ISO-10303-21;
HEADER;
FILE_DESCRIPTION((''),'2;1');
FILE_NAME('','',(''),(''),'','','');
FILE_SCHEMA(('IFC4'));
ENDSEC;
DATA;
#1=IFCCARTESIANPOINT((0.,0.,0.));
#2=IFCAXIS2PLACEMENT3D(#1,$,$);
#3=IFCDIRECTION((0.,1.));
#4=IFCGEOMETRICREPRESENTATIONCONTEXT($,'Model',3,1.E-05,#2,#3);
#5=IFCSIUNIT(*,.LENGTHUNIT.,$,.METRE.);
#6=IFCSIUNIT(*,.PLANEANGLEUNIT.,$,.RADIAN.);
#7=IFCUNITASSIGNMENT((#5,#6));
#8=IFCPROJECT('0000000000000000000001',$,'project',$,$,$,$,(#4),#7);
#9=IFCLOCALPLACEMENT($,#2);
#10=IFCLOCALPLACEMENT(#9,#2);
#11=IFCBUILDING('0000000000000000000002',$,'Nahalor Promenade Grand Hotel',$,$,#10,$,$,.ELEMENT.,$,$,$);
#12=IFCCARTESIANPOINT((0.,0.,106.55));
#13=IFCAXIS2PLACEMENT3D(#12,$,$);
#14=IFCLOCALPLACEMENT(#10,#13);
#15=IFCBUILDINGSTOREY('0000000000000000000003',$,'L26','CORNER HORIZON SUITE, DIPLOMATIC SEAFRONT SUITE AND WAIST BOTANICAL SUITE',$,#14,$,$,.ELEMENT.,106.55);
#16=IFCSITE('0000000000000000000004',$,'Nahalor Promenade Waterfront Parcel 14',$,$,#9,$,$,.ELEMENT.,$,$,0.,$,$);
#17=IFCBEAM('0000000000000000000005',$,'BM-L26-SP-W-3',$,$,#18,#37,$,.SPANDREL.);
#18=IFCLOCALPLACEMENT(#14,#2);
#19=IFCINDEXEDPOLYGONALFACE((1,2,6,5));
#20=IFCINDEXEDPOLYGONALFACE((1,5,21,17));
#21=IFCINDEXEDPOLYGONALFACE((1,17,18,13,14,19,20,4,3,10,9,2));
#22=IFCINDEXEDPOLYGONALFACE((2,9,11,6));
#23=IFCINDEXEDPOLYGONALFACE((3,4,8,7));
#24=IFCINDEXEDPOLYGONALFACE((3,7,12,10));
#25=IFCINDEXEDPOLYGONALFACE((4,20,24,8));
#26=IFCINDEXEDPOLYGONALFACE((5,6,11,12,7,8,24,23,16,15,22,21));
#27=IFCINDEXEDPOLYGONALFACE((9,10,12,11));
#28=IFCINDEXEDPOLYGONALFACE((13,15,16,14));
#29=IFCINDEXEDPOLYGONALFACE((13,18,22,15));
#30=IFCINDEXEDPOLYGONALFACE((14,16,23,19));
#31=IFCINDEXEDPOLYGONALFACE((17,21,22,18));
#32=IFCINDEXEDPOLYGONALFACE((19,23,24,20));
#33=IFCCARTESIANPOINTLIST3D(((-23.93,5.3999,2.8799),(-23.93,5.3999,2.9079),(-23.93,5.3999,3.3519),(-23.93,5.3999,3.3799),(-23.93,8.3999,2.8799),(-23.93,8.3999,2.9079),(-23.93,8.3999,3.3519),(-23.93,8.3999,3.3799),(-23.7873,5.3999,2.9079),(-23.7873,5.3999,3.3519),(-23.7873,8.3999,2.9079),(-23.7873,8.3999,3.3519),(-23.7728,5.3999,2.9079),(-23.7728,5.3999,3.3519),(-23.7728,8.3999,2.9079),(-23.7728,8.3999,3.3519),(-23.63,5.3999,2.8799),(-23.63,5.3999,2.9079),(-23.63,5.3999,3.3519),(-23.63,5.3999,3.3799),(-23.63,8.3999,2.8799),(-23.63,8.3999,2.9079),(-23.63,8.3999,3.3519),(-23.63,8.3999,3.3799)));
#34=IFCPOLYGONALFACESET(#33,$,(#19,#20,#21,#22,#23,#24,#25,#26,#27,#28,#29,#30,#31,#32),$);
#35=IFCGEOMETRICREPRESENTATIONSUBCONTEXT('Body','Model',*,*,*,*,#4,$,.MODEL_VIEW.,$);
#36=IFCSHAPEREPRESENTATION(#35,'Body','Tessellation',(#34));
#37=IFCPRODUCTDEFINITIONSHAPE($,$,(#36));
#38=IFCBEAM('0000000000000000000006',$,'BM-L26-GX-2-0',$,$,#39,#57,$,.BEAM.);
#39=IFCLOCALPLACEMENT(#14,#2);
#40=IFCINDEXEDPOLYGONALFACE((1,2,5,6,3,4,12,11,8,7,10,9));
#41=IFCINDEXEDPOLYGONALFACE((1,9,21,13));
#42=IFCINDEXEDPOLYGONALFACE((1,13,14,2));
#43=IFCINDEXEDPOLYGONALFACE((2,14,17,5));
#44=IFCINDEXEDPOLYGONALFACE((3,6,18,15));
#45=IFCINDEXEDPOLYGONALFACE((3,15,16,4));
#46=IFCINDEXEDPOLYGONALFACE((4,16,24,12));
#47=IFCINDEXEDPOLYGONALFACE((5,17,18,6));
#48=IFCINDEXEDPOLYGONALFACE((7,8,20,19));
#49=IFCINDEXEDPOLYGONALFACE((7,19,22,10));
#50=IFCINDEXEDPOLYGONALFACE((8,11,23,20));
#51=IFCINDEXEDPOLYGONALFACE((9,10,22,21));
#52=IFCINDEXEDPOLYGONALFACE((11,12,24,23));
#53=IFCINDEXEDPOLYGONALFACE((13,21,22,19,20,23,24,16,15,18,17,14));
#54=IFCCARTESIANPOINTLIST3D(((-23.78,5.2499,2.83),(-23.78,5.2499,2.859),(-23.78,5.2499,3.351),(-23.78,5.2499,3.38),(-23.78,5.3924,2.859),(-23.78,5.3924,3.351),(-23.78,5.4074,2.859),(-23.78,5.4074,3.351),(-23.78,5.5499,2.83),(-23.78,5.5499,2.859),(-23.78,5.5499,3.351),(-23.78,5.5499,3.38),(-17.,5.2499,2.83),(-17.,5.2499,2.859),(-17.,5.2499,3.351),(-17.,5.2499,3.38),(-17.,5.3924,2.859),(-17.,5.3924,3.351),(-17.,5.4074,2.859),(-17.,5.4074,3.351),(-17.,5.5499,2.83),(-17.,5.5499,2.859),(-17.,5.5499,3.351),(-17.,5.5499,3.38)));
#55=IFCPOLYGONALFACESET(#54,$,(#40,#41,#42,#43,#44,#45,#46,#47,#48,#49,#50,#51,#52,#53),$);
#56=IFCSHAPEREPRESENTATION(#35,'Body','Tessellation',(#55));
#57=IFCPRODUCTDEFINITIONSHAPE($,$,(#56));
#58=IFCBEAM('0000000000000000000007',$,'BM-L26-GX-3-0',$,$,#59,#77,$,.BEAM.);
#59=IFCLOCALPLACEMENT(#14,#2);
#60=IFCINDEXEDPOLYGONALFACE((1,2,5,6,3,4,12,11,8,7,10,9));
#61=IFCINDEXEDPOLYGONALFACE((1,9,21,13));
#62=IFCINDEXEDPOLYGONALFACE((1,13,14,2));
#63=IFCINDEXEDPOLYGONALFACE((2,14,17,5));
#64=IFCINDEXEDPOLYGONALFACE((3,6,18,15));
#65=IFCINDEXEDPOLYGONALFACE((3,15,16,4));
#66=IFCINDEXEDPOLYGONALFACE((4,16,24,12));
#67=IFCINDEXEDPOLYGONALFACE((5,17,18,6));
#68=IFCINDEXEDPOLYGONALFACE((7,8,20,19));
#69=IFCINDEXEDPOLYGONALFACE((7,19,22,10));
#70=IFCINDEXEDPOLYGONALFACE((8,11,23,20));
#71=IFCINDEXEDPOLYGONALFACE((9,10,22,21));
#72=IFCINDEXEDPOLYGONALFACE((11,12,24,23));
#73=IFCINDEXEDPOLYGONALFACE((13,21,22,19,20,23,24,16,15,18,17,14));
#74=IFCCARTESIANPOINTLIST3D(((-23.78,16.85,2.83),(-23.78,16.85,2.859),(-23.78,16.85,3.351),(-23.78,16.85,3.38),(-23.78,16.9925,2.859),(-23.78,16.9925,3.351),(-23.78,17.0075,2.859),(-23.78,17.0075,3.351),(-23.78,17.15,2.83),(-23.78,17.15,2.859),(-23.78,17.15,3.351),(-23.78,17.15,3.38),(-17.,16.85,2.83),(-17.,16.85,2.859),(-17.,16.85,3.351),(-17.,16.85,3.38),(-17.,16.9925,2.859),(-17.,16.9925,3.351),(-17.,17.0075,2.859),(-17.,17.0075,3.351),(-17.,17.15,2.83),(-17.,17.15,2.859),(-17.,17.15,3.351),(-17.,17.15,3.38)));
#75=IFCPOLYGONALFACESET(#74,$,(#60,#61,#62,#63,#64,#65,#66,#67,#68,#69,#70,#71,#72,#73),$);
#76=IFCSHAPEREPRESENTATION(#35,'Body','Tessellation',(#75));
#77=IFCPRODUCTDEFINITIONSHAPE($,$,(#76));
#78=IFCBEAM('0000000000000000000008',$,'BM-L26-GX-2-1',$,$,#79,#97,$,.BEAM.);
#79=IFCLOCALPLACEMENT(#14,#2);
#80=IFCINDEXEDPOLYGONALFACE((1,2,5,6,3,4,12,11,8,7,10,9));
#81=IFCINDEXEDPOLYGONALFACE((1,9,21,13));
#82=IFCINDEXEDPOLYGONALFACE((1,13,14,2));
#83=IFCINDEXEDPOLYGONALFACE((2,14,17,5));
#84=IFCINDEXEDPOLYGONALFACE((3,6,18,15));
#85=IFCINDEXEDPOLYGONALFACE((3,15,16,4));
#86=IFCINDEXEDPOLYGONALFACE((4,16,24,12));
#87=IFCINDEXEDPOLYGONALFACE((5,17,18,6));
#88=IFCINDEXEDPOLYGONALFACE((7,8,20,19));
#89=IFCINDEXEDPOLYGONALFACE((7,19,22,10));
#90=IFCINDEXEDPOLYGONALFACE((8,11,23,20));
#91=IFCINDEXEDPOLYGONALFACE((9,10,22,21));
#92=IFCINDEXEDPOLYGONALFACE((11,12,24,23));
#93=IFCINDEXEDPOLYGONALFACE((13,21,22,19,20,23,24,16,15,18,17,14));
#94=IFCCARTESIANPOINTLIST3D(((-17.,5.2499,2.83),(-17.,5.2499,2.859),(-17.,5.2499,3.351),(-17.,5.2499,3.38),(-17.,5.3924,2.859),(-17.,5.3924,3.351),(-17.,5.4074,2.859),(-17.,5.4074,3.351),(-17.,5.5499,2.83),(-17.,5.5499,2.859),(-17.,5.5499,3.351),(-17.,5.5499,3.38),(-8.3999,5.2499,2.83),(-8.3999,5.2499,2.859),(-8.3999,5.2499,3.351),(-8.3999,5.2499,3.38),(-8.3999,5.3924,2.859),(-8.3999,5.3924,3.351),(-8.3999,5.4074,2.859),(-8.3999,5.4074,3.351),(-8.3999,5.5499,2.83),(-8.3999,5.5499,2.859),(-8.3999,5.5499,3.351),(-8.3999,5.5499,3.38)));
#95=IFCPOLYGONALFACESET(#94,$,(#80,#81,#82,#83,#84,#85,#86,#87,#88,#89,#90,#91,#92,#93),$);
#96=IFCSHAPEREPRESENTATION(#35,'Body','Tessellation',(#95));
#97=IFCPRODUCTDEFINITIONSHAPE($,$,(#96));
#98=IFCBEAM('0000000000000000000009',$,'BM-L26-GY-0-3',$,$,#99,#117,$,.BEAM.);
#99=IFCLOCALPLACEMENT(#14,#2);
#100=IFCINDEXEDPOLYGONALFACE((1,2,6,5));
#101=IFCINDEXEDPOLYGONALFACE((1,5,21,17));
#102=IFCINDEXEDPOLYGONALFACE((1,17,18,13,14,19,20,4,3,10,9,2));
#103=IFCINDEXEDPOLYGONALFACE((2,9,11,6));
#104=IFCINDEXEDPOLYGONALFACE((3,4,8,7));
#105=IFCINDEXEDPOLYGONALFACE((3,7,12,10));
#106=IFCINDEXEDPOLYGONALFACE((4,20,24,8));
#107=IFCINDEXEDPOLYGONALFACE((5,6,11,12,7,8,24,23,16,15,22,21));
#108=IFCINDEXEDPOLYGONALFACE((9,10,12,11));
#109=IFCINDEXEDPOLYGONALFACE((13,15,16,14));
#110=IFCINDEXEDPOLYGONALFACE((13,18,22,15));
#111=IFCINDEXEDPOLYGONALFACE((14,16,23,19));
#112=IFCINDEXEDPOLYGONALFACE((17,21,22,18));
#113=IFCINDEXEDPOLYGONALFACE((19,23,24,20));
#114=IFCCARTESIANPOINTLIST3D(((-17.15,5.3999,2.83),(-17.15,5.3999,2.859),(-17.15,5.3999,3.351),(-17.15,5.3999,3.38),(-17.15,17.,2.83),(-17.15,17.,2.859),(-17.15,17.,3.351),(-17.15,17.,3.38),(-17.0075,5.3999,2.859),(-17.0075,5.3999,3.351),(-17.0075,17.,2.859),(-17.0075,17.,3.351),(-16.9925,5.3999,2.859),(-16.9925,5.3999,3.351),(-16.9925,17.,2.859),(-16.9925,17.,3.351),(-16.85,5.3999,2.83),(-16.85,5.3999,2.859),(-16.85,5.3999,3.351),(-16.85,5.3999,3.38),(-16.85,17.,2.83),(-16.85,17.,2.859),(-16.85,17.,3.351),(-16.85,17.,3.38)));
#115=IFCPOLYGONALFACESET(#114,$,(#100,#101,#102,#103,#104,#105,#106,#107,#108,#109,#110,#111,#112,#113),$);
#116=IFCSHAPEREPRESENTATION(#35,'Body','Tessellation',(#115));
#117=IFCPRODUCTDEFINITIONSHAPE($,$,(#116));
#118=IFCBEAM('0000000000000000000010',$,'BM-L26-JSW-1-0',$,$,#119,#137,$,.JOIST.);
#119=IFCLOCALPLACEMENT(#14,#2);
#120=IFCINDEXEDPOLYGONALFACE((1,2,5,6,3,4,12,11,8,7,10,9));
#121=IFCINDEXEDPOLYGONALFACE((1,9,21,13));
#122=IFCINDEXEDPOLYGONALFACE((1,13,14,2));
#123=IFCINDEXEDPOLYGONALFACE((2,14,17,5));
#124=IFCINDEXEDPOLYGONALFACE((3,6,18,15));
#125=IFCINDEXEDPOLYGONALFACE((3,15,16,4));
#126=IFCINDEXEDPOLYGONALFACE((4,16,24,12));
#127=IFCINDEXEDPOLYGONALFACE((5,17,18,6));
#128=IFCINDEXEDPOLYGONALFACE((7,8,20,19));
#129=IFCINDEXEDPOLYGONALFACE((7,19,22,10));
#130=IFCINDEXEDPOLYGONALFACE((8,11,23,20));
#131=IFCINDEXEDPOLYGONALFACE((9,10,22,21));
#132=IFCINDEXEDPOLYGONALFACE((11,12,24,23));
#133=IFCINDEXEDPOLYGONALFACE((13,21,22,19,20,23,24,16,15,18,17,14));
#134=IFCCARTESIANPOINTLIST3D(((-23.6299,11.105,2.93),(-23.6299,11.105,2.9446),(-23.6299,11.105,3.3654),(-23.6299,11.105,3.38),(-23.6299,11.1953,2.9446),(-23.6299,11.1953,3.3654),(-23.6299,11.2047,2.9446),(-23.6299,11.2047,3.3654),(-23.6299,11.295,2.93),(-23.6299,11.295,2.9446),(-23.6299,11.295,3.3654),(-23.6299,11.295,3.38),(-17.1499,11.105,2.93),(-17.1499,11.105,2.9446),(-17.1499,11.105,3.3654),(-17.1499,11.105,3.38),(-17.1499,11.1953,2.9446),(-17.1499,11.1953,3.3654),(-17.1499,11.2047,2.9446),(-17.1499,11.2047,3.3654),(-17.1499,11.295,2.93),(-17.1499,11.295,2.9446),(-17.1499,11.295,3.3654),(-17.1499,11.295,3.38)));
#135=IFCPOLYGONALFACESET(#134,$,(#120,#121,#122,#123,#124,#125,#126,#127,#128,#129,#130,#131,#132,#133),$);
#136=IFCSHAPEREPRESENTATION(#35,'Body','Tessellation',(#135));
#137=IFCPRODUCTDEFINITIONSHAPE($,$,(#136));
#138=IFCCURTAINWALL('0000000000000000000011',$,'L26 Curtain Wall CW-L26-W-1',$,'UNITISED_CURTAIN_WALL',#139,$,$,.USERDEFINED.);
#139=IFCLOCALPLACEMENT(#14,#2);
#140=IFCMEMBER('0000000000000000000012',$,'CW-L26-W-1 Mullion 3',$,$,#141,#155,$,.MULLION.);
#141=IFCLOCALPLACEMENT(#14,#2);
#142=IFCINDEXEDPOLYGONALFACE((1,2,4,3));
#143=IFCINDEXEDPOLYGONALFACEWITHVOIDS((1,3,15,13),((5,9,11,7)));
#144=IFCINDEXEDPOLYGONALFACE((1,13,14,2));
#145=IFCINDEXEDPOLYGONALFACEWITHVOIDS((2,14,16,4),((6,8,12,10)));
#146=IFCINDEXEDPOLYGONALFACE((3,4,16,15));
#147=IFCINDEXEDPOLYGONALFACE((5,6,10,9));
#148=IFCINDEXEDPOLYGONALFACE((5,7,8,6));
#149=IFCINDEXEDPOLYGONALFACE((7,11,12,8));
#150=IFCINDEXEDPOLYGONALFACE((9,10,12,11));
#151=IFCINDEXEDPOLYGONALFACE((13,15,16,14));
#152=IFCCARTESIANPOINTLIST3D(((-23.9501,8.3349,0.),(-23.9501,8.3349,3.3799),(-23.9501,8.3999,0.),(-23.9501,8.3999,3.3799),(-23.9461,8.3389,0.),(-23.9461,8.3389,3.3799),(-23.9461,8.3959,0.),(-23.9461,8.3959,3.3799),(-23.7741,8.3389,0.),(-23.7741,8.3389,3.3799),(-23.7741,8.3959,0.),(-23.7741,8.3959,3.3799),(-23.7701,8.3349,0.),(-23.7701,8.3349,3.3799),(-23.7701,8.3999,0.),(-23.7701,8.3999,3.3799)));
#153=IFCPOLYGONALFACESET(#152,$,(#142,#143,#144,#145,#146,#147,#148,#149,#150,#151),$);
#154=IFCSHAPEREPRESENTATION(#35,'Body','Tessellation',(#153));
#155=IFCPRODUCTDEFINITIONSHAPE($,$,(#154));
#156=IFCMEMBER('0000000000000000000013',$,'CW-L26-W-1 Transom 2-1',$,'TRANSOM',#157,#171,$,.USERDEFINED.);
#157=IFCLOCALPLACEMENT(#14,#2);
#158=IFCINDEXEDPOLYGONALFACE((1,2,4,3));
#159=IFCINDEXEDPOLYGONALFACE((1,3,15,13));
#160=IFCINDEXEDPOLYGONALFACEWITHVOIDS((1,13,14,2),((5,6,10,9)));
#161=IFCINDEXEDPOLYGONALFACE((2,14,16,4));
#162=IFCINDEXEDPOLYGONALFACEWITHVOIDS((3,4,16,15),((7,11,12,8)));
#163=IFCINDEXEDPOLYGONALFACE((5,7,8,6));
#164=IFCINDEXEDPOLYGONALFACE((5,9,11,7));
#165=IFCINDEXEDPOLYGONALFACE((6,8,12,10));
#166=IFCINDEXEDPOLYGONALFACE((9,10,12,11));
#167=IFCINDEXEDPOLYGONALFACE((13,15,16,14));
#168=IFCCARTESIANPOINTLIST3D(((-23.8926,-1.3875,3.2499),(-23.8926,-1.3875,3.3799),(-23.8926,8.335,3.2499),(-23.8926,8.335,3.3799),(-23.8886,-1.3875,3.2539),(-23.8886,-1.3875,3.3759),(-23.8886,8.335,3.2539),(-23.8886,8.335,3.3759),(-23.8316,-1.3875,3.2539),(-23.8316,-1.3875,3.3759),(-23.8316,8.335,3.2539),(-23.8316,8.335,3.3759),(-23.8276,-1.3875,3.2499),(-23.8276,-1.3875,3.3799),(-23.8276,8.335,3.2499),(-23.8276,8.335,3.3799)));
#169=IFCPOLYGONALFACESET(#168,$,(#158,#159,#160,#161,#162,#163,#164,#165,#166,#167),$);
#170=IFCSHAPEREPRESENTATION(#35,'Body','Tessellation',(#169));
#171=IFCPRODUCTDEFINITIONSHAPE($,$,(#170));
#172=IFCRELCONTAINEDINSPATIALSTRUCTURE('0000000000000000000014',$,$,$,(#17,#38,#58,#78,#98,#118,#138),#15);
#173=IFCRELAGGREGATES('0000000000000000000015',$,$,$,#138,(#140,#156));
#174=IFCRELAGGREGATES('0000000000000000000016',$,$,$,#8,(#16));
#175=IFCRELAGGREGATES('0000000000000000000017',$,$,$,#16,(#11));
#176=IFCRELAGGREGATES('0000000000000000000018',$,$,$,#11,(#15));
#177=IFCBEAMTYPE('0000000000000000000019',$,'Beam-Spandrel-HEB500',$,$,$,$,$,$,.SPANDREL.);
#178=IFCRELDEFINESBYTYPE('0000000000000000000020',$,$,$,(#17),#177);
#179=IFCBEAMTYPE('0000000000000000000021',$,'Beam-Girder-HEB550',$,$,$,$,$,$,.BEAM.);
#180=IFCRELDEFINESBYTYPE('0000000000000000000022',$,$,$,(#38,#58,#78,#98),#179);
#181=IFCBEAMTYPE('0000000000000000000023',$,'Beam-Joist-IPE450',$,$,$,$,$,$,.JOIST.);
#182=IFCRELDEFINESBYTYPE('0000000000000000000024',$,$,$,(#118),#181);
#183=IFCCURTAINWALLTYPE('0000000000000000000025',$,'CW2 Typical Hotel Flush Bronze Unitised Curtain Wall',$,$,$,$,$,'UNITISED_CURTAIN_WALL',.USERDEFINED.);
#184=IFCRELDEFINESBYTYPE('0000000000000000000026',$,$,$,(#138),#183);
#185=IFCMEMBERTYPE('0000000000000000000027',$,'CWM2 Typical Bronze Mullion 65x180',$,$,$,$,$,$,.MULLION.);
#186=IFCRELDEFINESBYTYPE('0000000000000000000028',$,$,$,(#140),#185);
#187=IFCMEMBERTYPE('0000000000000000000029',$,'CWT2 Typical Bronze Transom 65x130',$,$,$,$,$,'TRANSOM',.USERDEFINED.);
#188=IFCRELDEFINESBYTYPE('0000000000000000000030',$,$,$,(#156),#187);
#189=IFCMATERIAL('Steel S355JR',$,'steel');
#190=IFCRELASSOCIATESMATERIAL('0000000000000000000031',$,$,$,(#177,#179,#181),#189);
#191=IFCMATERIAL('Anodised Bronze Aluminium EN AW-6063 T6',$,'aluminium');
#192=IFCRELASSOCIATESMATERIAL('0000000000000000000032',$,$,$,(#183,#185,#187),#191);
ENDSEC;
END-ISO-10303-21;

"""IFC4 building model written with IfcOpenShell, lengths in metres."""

from ifc_helpers import new_model, si_unit, direction, frame, origin, origin_2d, place, context, subcontext, project, spatial, hollow_rectangle, i_section, extrude, source, transform, mapped, material, material_profile, profile_set, type_object, element, aggregate, save


model = new_model("IFC4")

# Units and contexts
model_context = context("Model", 3, precision=1e-05, world=origin(), true_north=direction((0.0, 1.0)))
body_context = subcontext(model_context, "Body", "Model", "MODEL_VIEW")
ifc_project = project(units=[si_unit("LENGTHUNIT", "METRE"), si_unit("PLANEANGLEUNIT", "RADIAN")], contexts=[model_context])

# Site, building, storey
site_placement = place(None, origin())
site = spatial("IfcSite", under=ifc_project, at=site_placement, Name="Nahalor Promenade Waterfront Parcel 14", CompositionType="ELEMENT", RefElevation=0.0)
building_placement = place(site_placement, origin())
building = spatial("IfcBuilding", under=site, at=building_placement, Name="Nahalor Promenade Grand Hotel", CompositionType="ELEMENT")
storey_placement = place(building_placement, frame((0.0, 0.0, 106.55)))
storey = spatial("IfcBuildingStorey", under=building, at=storey_placement, Name="L26", Description="CORNER HORIZON SUITE, DIPLOMATIC SEAFRONT SUITE AND WAIST BOTANICAL SUITE", CompositionType="ELEMENT", Elevation=106.55)

# Beams
ifc_material_1 = material(Name="Steel S355JR", Category="steel")
ifc_material_profile_1 = material_profile(ifc_material_1, i_section(OverallWidth=0.3, OverallDepth=0.5, WebThickness=0.0145, FlangeThickness=0.028, at=origin_2d()), Name="HEB 500")
ifc_profile_set_1 = profile_set([ifc_material_profile_1], Name="Steel S355JR")
beam_type_1 = type_object("IfcBeamType", Name="Beam-Spandrel-HEB500", PredefinedType="SPANDREL", material=ifc_profile_set_1)
shared_shape_1 = source(origin(), body_context, "Body", "SweptSolid", [
    extrude(i_section(OverallWidth=0.3, OverallDepth=0.5, WebThickness=0.0145, FlangeThickness=0.028, at=origin_2d()), origin(), (0.0, 0.0, 1.0), 3.0),
])
beam_1_placement = place(storey_placement, frame((-23.78, 5.3999, 3.1299), z_axis=(0.0, 1.0, 0.0), x_axis=(-1.0, 0.0, 0.0)))
element("IfcBeam", 1, at=beam_1_placement, inside=storey, type_object=beam_type_1, Name="BM-L26-SP-W-3", PredefinedType="SPANDREL", context=body_context, shape_type="MappedRepresentation", body=[
    mapped(shared_shape_1, transform((0.0, 0.0, 0.0), scale=1.0)),
])
ifc_material_profile_2 = material_profile(ifc_material_1, i_section(OverallWidth=0.3, OverallDepth=0.55, WebThickness=0.015, FlangeThickness=0.029, at=origin_2d()), Name="HEB 550")
ifc_profile_set_2 = profile_set([ifc_material_profile_2], Name="Steel S355JR")
beam_type_2 = type_object("IfcBeamType", Name="Beam-Girder-HEB550", PredefinedType="BEAM", material=ifc_profile_set_2)
shared_shape_2 = source(origin(), body_context, "Body", "SweptSolid", [
    extrude(i_section(OverallWidth=0.3, OverallDepth=0.55, WebThickness=0.015, FlangeThickness=0.029, at=origin_2d()), origin(), (0.0, 0.0, 1.0), 6.78),
])
for number, where, z_axis, x_axis, name in (
    (2, (-23.78, 5.3999, 3.105), (1.0, 0.0, 0.0), (0.0, 1.0, 0.0), "BM-L26-GX-2-0"),
    (3, (-23.78, 17.0, 3.105), (1.0, 0.0, 0.0), (0.0, 1.0, 0.0), "BM-L26-GX-3-0"),
):
    element("IfcBeam", number, at=place(storey_placement, frame(where, z_axis=z_axis, x_axis=x_axis)), inside=storey, type_object=beam_type_2, Name=name, PredefinedType="BEAM", context=body_context, shape_type="MappedRepresentation", body=[
        mapped(shared_shape_2, transform((0.0, 0.0, 0.0), scale=1.0)),
    ])
shared_shape_3 = source(origin(), body_context, "Body", "SweptSolid", [
    extrude(i_section(OverallWidth=0.3, OverallDepth=0.55, WebThickness=0.015, FlangeThickness=0.029, at=origin_2d()), origin(), (0.0, 0.0, 1.0), 8.6001),
])
beam_2_placement = place(storey_placement, frame((-17.0, 5.3999, 3.105), z_axis=(1.0, 0.0, 0.0), x_axis=(0.0, 1.0, 0.0)))
element("IfcBeam", 4, at=beam_2_placement, inside=storey, type_object=beam_type_2, Name="BM-L26-GX-2-1", PredefinedType="BEAM", context=body_context, shape_type="MappedRepresentation", body=[
    mapped(shared_shape_3, transform((0.0, 0.0, 0.0), scale=1.0)),
])
shared_shape_4 = source(origin(), body_context, "Body", "SweptSolid", [
    extrude(i_section(OverallWidth=0.3, OverallDepth=0.55, WebThickness=0.015, FlangeThickness=0.029, at=origin_2d()), origin(), (0.0, 0.0, 1.0), 11.6001),
])
beam_3_placement = place(storey_placement, frame((-17.0, 5.3999, 3.105), z_axis=(0.0, 1.0, 0.0), x_axis=(-1.0, 0.0, 0.0)))
element("IfcBeam", 5, at=beam_3_placement, inside=storey, type_object=beam_type_2, Name="BM-L26-GY-0-3", PredefinedType="BEAM", context=body_context, shape_type="MappedRepresentation", body=[
    mapped(shared_shape_4, transform((0.0, 0.0, 0.0), scale=1.0)),
])
ifc_material_profile_3 = material_profile(ifc_material_1, i_section(OverallWidth=0.19, OverallDepth=0.45, WebThickness=0.0094, FlangeThickness=0.0146, at=origin_2d()), Name="IPE 450")
ifc_profile_set_3 = profile_set([ifc_material_profile_3], Name="Steel S355JR")
beam_type_3 = type_object("IfcBeamType", Name="Beam-Joist-IPE450", PredefinedType="JOIST", material=ifc_profile_set_3)
shared_shape_5 = source(origin(), body_context, "Body", "SweptSolid", [
    extrude(i_section(OverallWidth=0.19, OverallDepth=0.45, WebThickness=0.0094, FlangeThickness=0.0146, at=origin_2d()), origin(), (0.0, 0.0, 1.0), 6.48),
])
beam_4_placement = place(storey_placement, frame((-23.6299, 11.2, 3.155), z_axis=(1.0, 0.0, 0.0), x_axis=(0.0, 1.0, 0.0)))
element("IfcBeam", 6, at=beam_4_placement, inside=storey, type_object=beam_type_3, Name="BM-L26-JSW-1-0", PredefinedType="JOIST", context=body_context, shape_type="MappedRepresentation", body=[
    mapped(shared_shape_5, transform((0.0, 0.0, 0.0), scale=1.0)),
])

# Curtain wall, members
ifc_material_2 = material(Name="Anodised Bronze Aluminium EN AW-6063 T6", Category="aluminium")
curtain_wall_type = type_object("IfcCurtainWallType", Name="CW2 Typical Hotel Flush Bronze Unitised Curtain Wall", ElementType="UNITISED_CURTAIN_WALL", PredefinedType="USERDEFINED", material=ifc_material_2)
curtain_wall_placement = place(storey_placement, origin())
curtain_wall = element("IfcCurtainWall", 7, at=curtain_wall_placement, inside=storey, type_object=curtain_wall_type, Name="L26 Curtain Wall CW-L26-W-1", ObjectType="UNITISED_CURTAIN_WALL", PredefinedType="USERDEFINED")
ifc_material_profile_4 = material_profile(ifc_material_2, hollow_rectangle(XDim=0.065, YDim=0.18, WallThickness=0.004, at=origin_2d()), Name="CWM 65x180x4")
ifc_profile_set_4 = profile_set([ifc_material_profile_4], Name="Anodised Bronze Aluminium EN AW-6063 T6")
member_type_1 = type_object("IfcMemberType", Name="CWM2 Typical Bronze Mullion 65x180", PredefinedType="MULLION", material=ifc_profile_set_4)
shared_shape_6 = source(origin(), body_context, "Body", "SweptSolid", [
    extrude(hollow_rectangle(XDim=0.065, YDim=0.18, WallThickness=0.004, at=origin_2d()), origin(), (0.0, 0.0, 1.0), 3.3799),
])
member_1_placement = place(storey_placement, frame((-23.8601, 8.3674, 0.0), z_axis=(0.0, 0.0, 1.0), x_axis=(0.0, 1.0, 0.0)))
member_1 = element("IfcMember", 8, at=member_1_placement, type_object=member_type_1, Name="CW-L26-W-1 Mullion 3", PredefinedType="MULLION", context=body_context, shape_type="MappedRepresentation", body=[
    mapped(shared_shape_6, transform((0.0, 0.0, 0.0), scale=1.0)),
])
ifc_material_profile_5 = material_profile(ifc_material_2, hollow_rectangle(XDim=0.065, YDim=0.13, WallThickness=0.004, at=origin_2d()), Name="CWT 65x130x4")
ifc_profile_set_5 = profile_set([ifc_material_profile_5], Name="Anodised Bronze Aluminium EN AW-6063 T6")
member_type_2 = type_object("IfcMemberType", Name="CWT2 Typical Bronze Transom 65x130", ElementType="TRANSOM", PredefinedType="USERDEFINED", material=ifc_profile_set_5)
shared_shape_7 = source(origin(), body_context, "Body", "SweptSolid", [
    extrude(hollow_rectangle(XDim=0.065, YDim=0.13, WallThickness=0.004, at=origin_2d()), origin(), (0.0, 0.0, 1.0), 9.7224),
])
member_2_placement = place(storey_placement, frame((-23.8601, -1.3875, 3.3149), z_axis=(0.0, 1.0, 0.0), x_axis=(-1.0, 0.0, 0.0)))
member_2 = element("IfcMember", 9, at=member_2_placement, type_object=member_type_2, Name="CW-L26-W-1 Transom 2-1", ObjectType="TRANSOM", PredefinedType="USERDEFINED", context=body_context, shape_type="MappedRepresentation", body=[
    mapped(shared_shape_7, transform((0.0, 0.0, 0.0), scale=1.0)),
])
aggregate(curtain_wall, [member_1, member_2])

save(model, "model.ifc")
